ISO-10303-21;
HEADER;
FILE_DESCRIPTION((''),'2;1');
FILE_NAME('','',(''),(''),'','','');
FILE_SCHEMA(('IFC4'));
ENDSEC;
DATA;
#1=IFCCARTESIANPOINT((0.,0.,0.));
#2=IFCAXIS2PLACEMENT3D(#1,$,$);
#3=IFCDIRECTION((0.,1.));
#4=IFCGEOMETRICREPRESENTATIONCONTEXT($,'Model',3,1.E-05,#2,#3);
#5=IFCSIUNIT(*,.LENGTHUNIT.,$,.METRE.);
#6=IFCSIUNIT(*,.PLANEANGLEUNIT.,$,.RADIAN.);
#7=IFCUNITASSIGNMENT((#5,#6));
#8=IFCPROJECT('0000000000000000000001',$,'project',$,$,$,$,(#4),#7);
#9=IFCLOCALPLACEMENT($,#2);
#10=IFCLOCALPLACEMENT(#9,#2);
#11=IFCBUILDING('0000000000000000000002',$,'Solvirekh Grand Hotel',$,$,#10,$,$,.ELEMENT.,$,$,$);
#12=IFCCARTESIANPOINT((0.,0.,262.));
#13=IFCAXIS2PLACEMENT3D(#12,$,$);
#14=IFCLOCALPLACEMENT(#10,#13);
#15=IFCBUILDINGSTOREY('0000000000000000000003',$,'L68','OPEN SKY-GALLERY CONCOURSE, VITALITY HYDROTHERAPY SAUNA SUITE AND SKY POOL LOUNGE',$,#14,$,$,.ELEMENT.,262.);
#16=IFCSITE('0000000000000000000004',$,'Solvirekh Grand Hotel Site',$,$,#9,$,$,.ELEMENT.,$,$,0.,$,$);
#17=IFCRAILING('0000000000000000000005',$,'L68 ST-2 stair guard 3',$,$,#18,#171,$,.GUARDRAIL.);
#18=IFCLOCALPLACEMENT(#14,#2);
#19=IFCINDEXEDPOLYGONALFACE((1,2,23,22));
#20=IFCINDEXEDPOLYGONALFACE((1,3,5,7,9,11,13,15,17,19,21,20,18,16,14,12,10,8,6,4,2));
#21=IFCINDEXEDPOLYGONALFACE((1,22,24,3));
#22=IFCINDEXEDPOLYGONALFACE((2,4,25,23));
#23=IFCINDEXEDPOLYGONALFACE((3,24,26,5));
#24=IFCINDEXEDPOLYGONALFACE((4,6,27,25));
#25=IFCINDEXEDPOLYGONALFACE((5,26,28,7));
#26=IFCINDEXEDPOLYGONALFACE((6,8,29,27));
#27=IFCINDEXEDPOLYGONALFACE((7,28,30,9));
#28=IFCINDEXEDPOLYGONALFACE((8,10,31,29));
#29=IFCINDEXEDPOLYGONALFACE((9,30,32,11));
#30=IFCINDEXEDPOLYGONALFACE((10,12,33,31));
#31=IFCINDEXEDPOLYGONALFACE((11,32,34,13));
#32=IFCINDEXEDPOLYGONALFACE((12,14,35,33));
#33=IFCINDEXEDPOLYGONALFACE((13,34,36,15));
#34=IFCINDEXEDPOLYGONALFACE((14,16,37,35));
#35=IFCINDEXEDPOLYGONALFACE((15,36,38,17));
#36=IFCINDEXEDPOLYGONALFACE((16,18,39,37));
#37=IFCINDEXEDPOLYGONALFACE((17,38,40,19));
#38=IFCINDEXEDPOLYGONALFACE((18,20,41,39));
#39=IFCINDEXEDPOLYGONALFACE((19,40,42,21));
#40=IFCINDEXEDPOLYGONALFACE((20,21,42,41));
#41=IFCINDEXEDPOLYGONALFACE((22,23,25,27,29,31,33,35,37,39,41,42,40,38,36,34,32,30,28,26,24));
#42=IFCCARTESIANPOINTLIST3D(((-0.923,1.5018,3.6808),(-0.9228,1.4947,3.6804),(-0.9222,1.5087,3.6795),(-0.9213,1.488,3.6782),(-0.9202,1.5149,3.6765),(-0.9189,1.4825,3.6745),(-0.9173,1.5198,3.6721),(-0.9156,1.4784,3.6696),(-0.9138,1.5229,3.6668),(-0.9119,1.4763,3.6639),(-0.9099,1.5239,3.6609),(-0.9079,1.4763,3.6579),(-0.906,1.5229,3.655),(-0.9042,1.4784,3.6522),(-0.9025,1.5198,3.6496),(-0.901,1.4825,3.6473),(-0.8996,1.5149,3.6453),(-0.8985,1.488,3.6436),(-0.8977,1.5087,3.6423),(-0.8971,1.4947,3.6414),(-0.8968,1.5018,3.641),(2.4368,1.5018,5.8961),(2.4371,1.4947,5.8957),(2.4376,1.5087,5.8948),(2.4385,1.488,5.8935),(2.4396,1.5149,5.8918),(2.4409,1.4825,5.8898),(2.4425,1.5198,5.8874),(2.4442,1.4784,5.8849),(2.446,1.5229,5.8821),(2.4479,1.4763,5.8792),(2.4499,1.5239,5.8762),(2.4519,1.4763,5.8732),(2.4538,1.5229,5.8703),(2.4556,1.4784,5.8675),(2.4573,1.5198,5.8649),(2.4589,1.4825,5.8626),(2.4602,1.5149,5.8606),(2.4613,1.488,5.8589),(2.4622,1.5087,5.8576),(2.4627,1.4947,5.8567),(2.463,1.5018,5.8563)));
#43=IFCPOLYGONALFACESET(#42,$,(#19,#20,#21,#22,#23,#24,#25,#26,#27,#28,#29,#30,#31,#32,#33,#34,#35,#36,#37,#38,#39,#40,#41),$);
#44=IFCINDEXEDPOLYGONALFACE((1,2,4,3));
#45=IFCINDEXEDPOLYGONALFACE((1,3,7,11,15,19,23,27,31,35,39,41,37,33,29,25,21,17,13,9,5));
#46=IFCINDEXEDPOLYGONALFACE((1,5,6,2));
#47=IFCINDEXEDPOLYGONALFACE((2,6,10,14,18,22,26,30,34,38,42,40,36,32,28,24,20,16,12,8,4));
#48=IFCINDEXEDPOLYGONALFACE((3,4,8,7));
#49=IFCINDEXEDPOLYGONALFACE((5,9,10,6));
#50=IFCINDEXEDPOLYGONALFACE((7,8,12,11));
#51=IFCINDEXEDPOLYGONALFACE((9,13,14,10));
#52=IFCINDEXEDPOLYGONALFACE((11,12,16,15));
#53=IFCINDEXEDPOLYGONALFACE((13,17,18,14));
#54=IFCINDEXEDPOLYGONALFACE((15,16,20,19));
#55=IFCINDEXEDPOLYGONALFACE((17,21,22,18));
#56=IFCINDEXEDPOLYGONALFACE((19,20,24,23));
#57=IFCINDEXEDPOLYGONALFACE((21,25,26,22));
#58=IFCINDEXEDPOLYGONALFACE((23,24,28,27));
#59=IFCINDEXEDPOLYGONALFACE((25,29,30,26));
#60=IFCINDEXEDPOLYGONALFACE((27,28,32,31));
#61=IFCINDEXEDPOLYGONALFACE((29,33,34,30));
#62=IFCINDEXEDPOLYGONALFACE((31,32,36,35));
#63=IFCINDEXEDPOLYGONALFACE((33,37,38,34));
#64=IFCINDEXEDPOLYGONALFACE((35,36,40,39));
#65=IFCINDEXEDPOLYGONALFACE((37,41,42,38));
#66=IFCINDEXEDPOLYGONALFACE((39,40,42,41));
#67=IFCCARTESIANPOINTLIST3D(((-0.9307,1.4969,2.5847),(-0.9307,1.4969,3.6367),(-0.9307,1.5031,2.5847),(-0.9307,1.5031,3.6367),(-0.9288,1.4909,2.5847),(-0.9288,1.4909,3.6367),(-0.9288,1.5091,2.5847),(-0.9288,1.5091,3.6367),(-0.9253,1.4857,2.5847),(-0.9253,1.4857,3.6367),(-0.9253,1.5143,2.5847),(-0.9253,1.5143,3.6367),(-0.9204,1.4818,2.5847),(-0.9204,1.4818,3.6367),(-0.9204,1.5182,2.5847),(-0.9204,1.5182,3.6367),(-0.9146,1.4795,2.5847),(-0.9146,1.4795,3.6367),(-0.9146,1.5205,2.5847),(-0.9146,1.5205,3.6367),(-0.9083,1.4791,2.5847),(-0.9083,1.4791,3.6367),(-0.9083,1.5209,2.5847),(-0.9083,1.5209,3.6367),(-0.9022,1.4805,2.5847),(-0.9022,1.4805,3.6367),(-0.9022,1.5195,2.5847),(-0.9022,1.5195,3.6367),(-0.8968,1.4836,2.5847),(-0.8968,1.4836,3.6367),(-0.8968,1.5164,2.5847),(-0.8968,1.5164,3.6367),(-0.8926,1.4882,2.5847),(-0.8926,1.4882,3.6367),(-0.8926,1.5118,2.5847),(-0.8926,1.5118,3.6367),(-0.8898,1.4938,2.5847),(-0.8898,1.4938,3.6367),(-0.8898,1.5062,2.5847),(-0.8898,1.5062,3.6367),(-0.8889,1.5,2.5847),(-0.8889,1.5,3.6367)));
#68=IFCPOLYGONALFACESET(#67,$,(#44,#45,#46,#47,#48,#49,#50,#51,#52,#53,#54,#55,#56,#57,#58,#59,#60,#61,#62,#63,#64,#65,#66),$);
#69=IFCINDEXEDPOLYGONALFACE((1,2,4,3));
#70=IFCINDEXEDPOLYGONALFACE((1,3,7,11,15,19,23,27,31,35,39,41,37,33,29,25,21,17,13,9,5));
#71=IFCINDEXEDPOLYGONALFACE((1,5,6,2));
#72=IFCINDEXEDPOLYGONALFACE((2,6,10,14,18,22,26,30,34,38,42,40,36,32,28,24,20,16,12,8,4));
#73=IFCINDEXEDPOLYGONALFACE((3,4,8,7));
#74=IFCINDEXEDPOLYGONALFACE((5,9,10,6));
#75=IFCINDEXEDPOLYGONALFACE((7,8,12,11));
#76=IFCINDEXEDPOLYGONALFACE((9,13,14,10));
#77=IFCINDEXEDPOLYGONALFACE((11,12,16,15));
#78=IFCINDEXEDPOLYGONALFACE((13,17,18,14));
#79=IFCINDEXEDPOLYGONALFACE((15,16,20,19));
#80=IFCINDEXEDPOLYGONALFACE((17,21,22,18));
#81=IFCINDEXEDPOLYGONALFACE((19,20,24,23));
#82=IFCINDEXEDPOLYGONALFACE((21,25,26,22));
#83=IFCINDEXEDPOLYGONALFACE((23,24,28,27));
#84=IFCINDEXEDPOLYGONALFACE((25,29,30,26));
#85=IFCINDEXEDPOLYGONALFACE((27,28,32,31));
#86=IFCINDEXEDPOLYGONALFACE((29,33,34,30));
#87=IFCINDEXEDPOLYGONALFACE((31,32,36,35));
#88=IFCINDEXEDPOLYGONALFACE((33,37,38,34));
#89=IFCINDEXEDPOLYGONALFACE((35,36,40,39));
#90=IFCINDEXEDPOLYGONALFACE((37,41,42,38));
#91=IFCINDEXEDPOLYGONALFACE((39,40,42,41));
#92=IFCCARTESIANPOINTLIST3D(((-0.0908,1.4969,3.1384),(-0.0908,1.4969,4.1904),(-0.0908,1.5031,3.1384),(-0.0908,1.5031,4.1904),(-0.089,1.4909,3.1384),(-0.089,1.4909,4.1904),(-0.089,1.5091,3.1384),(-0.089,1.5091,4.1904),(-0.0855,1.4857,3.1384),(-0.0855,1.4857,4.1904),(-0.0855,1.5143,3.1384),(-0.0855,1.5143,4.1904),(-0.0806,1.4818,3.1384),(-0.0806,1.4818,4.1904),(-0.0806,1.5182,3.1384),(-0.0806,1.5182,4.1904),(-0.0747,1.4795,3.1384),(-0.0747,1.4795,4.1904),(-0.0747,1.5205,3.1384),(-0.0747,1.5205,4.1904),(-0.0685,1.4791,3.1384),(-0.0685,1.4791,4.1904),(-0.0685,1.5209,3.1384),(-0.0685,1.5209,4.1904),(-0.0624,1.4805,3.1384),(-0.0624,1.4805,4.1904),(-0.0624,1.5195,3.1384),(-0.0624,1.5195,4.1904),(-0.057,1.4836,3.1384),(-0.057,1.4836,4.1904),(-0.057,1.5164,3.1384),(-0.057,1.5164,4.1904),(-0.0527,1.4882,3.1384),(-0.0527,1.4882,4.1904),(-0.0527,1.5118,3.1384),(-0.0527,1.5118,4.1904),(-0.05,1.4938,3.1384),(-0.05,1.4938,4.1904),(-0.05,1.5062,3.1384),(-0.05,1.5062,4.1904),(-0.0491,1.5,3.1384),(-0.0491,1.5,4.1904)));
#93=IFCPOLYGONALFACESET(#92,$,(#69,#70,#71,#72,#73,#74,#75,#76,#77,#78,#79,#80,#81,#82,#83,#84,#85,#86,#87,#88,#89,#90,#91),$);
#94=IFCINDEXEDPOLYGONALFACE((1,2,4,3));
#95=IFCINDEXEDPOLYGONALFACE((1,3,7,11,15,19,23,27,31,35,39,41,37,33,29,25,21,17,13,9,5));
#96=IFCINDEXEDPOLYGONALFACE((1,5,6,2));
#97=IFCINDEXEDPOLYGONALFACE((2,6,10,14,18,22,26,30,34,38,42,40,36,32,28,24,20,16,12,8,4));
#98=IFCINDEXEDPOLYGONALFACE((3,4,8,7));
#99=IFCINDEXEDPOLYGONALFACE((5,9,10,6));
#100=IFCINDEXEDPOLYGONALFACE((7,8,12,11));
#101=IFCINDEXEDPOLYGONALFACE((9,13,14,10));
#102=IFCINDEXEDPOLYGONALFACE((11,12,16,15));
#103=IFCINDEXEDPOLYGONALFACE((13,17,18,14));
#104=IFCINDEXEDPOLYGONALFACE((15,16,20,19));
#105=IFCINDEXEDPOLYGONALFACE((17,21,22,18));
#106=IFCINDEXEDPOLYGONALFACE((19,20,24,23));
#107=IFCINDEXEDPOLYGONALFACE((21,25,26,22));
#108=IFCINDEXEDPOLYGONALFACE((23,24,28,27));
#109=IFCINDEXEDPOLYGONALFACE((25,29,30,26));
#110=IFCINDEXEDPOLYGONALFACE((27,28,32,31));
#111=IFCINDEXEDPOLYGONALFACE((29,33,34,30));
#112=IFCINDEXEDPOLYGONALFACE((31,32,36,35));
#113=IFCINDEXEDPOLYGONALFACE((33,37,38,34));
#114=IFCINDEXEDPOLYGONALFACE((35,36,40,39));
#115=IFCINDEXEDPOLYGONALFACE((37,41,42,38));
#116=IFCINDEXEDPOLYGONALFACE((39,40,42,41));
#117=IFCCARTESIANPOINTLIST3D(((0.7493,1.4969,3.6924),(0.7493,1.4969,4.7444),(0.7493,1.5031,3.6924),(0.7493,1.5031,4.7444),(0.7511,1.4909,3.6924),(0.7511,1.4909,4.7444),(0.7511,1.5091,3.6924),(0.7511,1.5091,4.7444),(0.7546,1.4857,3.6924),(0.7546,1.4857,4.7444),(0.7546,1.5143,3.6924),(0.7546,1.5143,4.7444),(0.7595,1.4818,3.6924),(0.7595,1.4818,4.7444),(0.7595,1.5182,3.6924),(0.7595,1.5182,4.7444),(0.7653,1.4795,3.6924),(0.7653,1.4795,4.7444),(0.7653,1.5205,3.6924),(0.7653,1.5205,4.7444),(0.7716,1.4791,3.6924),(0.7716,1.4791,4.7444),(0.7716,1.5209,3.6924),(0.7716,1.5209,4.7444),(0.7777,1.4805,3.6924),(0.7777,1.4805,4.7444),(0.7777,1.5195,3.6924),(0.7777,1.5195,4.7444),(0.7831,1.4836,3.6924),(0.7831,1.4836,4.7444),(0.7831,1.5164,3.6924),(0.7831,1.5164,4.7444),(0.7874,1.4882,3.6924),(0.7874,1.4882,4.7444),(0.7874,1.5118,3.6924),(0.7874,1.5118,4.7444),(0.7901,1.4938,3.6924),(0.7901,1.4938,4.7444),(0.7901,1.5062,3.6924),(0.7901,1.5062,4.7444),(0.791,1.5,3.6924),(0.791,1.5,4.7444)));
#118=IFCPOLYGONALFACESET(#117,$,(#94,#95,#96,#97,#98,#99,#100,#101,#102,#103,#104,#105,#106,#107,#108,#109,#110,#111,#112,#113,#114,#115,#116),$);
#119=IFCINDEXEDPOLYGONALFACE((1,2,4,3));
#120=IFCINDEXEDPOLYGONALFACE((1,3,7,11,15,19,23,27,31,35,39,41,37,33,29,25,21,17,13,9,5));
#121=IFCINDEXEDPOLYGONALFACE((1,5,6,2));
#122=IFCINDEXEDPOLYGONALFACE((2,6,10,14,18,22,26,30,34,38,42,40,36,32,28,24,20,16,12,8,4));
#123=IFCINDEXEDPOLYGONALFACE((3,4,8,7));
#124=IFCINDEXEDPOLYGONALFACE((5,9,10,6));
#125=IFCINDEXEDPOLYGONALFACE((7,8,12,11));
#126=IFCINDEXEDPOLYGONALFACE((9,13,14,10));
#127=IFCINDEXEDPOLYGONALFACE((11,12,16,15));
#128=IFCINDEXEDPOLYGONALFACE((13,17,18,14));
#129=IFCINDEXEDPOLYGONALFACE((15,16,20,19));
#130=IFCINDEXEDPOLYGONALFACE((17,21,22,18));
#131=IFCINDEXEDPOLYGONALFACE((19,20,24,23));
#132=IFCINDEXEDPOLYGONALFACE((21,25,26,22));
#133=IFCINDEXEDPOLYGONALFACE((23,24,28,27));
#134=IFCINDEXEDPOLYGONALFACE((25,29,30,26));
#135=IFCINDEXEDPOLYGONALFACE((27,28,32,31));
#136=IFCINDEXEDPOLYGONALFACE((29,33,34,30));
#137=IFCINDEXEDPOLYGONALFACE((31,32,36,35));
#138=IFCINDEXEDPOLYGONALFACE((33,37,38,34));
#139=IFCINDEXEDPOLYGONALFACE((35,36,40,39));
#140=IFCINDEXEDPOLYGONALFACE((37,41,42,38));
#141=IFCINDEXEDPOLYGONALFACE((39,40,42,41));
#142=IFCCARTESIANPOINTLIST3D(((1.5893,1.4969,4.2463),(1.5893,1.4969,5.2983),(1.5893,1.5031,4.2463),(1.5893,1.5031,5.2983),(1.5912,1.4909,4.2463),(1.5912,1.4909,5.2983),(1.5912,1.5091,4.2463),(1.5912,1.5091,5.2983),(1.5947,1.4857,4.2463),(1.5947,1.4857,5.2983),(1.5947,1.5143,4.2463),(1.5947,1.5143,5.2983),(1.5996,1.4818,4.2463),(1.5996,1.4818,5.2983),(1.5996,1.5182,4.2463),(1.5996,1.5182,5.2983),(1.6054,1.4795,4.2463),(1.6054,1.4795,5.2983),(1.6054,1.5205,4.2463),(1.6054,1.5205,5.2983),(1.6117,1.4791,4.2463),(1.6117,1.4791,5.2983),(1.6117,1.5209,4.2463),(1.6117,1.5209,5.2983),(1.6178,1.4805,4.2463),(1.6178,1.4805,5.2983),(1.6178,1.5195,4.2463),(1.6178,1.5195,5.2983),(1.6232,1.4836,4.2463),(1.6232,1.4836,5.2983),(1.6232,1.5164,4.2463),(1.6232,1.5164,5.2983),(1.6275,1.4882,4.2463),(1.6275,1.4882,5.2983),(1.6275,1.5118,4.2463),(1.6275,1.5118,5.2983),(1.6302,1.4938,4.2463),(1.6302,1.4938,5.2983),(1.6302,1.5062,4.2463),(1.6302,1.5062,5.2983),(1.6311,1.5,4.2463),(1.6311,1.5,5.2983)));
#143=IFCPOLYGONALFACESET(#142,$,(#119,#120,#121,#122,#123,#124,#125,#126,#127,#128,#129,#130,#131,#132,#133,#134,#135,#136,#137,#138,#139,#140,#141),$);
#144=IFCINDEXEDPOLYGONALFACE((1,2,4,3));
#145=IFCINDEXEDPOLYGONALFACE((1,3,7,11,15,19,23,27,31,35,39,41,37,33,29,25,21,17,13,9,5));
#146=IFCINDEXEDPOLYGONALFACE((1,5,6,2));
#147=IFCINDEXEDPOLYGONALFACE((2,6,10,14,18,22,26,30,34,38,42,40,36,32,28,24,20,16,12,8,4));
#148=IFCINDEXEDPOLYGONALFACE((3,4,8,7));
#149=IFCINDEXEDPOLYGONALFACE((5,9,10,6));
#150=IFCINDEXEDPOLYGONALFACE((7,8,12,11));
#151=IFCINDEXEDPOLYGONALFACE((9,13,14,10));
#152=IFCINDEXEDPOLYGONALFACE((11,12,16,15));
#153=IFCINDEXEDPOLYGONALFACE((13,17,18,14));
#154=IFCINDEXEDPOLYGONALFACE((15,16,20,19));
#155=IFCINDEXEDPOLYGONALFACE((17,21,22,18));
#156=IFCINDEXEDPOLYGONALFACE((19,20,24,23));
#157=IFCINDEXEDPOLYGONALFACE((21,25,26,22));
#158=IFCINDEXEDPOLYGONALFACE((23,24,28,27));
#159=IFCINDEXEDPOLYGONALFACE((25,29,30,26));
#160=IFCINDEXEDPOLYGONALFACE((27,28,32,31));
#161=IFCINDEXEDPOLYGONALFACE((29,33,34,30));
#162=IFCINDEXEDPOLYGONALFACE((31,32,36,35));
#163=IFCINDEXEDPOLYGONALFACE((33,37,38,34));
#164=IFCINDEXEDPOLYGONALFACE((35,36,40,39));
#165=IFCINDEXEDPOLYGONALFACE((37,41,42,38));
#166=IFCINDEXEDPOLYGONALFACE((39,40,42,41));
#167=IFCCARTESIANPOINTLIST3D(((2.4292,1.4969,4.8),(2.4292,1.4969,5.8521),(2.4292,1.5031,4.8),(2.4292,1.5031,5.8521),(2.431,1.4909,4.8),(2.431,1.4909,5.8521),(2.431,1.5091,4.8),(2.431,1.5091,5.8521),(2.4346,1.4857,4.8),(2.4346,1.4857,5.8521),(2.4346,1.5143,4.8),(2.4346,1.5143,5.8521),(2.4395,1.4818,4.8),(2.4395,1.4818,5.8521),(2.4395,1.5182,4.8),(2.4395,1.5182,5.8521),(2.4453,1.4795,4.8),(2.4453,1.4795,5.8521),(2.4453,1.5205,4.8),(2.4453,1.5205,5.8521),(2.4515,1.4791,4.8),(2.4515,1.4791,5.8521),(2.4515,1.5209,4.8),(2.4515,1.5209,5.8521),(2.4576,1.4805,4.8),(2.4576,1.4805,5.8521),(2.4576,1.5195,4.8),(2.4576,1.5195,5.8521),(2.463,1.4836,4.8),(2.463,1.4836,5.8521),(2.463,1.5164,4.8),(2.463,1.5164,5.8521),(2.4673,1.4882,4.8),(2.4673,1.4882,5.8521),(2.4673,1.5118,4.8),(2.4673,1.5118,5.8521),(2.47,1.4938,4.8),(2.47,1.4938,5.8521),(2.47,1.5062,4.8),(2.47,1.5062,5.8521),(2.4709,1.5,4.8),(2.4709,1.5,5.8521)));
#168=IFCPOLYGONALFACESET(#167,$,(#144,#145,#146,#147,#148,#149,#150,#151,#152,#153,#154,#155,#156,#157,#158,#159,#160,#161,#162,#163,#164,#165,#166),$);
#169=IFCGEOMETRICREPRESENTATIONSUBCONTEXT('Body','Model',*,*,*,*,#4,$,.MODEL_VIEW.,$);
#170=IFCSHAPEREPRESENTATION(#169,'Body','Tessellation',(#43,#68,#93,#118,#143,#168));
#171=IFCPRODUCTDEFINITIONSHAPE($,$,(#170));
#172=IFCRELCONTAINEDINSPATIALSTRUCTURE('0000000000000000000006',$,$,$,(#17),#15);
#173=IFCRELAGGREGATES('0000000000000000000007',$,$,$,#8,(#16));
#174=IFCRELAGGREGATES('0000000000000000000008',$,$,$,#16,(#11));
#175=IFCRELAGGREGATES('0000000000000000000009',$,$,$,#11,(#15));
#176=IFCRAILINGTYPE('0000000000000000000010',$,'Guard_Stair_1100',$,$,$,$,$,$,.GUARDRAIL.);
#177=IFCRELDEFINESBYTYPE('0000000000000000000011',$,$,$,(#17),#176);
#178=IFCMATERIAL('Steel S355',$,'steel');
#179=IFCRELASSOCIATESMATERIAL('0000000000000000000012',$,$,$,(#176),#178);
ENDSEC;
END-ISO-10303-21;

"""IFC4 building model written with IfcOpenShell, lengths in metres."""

from ifc_helpers import new_model, si_unit, direction, frame, origin, origin_2d, place, context, subcontext, project, spatial, circle, extrude, material, type_object, element, save


model = new_model("IFC4")

# Units and contexts
model_context = context("Model", 3, precision=1e-05, world=origin(), true_north=direction((0.0, 1.0)))
body_context = subcontext(model_context, "Body", "Model", "MODEL_VIEW")
ifc_project = project(units=[si_unit("LENGTHUNIT", "METRE"), si_unit("PLANEANGLEUNIT", "RADIAN")], contexts=[model_context])

# Site, building, storey
site_placement = place(None, origin())
site = spatial("IfcSite", under=ifc_project, at=site_placement, Name="Solvirekh Grand Hotel Site", CompositionType="ELEMENT", RefElevation=0.0)
building_placement = place(site_placement, origin())
building = spatial("IfcBuilding", under=site, at=building_placement, Name="Solvirekh Grand Hotel", CompositionType="ELEMENT")
storey_placement = place(building_placement, frame((0.0, 0.0, 262.0)))
storey = spatial("IfcBuildingStorey", under=building, at=storey_placement, Name="L68", Description="OPEN SKY-GALLERY CONCOURSE, VITALITY HYDROTHERAPY SAUNA SUITE AND SKY POOL LOUNGE", CompositionType="ELEMENT", Elevation=262.0)

# Shared definitions
ifc_material_1 = material(Name="Steel S355", Category="steel")

# Railing
railing_type_1 = type_object("IfcRailingType", Name="Guard_Stair_1100", PredefinedType="GUARDRAIL", material=ifc_material_1)
railing_1_placement = place(storey_placement, frame((-0.9099, 1.5, 2.5847)))
element("IfcRailing", 1, at=railing_1_placement, inside=storey, type_object=railing_type_1, Name="L68 ST-2 stair guard 3", PredefinedType="GUARDRAIL", context=body_context, shape_type="SweptSolid", body=[
    extrude(circle(Radius=0.0239, at=origin_2d()), frame((0.0, 0.0, 1.0762), z_axis=(0.834858, 0.0, 0.550465), x_axis=(0.0, 1.0, 0.0)), (0.0, 0.0, 1.0), 4.0244),
    extrude(circle(Radius=0.021, at=origin_2d()), origin(), (0.0, 0.0, 1.0), 1.052),
    extrude(circle(Radius=0.021, at=origin_2d()), frame((0.8398, 0.0, 0.5537)), (0.0, 0.0, 1.0), 1.052),
    extrude(circle(Radius=0.021, at=origin_2d()), frame((1.6799, 0.0, 1.1077)), (0.0, 0.0, 1.0), 1.052),
    extrude(circle(Radius=0.021, at=origin_2d()), frame((2.52, 0.0, 1.6616)), (0.0, 0.0, 1.0), 1.052),
    extrude(circle(Radius=0.021, at=origin_2d()), frame((3.3599, 0.0, 2.2153)), (0.0, 0.0, 1.0), 1.052),
])

save(model, "model.ifc")
